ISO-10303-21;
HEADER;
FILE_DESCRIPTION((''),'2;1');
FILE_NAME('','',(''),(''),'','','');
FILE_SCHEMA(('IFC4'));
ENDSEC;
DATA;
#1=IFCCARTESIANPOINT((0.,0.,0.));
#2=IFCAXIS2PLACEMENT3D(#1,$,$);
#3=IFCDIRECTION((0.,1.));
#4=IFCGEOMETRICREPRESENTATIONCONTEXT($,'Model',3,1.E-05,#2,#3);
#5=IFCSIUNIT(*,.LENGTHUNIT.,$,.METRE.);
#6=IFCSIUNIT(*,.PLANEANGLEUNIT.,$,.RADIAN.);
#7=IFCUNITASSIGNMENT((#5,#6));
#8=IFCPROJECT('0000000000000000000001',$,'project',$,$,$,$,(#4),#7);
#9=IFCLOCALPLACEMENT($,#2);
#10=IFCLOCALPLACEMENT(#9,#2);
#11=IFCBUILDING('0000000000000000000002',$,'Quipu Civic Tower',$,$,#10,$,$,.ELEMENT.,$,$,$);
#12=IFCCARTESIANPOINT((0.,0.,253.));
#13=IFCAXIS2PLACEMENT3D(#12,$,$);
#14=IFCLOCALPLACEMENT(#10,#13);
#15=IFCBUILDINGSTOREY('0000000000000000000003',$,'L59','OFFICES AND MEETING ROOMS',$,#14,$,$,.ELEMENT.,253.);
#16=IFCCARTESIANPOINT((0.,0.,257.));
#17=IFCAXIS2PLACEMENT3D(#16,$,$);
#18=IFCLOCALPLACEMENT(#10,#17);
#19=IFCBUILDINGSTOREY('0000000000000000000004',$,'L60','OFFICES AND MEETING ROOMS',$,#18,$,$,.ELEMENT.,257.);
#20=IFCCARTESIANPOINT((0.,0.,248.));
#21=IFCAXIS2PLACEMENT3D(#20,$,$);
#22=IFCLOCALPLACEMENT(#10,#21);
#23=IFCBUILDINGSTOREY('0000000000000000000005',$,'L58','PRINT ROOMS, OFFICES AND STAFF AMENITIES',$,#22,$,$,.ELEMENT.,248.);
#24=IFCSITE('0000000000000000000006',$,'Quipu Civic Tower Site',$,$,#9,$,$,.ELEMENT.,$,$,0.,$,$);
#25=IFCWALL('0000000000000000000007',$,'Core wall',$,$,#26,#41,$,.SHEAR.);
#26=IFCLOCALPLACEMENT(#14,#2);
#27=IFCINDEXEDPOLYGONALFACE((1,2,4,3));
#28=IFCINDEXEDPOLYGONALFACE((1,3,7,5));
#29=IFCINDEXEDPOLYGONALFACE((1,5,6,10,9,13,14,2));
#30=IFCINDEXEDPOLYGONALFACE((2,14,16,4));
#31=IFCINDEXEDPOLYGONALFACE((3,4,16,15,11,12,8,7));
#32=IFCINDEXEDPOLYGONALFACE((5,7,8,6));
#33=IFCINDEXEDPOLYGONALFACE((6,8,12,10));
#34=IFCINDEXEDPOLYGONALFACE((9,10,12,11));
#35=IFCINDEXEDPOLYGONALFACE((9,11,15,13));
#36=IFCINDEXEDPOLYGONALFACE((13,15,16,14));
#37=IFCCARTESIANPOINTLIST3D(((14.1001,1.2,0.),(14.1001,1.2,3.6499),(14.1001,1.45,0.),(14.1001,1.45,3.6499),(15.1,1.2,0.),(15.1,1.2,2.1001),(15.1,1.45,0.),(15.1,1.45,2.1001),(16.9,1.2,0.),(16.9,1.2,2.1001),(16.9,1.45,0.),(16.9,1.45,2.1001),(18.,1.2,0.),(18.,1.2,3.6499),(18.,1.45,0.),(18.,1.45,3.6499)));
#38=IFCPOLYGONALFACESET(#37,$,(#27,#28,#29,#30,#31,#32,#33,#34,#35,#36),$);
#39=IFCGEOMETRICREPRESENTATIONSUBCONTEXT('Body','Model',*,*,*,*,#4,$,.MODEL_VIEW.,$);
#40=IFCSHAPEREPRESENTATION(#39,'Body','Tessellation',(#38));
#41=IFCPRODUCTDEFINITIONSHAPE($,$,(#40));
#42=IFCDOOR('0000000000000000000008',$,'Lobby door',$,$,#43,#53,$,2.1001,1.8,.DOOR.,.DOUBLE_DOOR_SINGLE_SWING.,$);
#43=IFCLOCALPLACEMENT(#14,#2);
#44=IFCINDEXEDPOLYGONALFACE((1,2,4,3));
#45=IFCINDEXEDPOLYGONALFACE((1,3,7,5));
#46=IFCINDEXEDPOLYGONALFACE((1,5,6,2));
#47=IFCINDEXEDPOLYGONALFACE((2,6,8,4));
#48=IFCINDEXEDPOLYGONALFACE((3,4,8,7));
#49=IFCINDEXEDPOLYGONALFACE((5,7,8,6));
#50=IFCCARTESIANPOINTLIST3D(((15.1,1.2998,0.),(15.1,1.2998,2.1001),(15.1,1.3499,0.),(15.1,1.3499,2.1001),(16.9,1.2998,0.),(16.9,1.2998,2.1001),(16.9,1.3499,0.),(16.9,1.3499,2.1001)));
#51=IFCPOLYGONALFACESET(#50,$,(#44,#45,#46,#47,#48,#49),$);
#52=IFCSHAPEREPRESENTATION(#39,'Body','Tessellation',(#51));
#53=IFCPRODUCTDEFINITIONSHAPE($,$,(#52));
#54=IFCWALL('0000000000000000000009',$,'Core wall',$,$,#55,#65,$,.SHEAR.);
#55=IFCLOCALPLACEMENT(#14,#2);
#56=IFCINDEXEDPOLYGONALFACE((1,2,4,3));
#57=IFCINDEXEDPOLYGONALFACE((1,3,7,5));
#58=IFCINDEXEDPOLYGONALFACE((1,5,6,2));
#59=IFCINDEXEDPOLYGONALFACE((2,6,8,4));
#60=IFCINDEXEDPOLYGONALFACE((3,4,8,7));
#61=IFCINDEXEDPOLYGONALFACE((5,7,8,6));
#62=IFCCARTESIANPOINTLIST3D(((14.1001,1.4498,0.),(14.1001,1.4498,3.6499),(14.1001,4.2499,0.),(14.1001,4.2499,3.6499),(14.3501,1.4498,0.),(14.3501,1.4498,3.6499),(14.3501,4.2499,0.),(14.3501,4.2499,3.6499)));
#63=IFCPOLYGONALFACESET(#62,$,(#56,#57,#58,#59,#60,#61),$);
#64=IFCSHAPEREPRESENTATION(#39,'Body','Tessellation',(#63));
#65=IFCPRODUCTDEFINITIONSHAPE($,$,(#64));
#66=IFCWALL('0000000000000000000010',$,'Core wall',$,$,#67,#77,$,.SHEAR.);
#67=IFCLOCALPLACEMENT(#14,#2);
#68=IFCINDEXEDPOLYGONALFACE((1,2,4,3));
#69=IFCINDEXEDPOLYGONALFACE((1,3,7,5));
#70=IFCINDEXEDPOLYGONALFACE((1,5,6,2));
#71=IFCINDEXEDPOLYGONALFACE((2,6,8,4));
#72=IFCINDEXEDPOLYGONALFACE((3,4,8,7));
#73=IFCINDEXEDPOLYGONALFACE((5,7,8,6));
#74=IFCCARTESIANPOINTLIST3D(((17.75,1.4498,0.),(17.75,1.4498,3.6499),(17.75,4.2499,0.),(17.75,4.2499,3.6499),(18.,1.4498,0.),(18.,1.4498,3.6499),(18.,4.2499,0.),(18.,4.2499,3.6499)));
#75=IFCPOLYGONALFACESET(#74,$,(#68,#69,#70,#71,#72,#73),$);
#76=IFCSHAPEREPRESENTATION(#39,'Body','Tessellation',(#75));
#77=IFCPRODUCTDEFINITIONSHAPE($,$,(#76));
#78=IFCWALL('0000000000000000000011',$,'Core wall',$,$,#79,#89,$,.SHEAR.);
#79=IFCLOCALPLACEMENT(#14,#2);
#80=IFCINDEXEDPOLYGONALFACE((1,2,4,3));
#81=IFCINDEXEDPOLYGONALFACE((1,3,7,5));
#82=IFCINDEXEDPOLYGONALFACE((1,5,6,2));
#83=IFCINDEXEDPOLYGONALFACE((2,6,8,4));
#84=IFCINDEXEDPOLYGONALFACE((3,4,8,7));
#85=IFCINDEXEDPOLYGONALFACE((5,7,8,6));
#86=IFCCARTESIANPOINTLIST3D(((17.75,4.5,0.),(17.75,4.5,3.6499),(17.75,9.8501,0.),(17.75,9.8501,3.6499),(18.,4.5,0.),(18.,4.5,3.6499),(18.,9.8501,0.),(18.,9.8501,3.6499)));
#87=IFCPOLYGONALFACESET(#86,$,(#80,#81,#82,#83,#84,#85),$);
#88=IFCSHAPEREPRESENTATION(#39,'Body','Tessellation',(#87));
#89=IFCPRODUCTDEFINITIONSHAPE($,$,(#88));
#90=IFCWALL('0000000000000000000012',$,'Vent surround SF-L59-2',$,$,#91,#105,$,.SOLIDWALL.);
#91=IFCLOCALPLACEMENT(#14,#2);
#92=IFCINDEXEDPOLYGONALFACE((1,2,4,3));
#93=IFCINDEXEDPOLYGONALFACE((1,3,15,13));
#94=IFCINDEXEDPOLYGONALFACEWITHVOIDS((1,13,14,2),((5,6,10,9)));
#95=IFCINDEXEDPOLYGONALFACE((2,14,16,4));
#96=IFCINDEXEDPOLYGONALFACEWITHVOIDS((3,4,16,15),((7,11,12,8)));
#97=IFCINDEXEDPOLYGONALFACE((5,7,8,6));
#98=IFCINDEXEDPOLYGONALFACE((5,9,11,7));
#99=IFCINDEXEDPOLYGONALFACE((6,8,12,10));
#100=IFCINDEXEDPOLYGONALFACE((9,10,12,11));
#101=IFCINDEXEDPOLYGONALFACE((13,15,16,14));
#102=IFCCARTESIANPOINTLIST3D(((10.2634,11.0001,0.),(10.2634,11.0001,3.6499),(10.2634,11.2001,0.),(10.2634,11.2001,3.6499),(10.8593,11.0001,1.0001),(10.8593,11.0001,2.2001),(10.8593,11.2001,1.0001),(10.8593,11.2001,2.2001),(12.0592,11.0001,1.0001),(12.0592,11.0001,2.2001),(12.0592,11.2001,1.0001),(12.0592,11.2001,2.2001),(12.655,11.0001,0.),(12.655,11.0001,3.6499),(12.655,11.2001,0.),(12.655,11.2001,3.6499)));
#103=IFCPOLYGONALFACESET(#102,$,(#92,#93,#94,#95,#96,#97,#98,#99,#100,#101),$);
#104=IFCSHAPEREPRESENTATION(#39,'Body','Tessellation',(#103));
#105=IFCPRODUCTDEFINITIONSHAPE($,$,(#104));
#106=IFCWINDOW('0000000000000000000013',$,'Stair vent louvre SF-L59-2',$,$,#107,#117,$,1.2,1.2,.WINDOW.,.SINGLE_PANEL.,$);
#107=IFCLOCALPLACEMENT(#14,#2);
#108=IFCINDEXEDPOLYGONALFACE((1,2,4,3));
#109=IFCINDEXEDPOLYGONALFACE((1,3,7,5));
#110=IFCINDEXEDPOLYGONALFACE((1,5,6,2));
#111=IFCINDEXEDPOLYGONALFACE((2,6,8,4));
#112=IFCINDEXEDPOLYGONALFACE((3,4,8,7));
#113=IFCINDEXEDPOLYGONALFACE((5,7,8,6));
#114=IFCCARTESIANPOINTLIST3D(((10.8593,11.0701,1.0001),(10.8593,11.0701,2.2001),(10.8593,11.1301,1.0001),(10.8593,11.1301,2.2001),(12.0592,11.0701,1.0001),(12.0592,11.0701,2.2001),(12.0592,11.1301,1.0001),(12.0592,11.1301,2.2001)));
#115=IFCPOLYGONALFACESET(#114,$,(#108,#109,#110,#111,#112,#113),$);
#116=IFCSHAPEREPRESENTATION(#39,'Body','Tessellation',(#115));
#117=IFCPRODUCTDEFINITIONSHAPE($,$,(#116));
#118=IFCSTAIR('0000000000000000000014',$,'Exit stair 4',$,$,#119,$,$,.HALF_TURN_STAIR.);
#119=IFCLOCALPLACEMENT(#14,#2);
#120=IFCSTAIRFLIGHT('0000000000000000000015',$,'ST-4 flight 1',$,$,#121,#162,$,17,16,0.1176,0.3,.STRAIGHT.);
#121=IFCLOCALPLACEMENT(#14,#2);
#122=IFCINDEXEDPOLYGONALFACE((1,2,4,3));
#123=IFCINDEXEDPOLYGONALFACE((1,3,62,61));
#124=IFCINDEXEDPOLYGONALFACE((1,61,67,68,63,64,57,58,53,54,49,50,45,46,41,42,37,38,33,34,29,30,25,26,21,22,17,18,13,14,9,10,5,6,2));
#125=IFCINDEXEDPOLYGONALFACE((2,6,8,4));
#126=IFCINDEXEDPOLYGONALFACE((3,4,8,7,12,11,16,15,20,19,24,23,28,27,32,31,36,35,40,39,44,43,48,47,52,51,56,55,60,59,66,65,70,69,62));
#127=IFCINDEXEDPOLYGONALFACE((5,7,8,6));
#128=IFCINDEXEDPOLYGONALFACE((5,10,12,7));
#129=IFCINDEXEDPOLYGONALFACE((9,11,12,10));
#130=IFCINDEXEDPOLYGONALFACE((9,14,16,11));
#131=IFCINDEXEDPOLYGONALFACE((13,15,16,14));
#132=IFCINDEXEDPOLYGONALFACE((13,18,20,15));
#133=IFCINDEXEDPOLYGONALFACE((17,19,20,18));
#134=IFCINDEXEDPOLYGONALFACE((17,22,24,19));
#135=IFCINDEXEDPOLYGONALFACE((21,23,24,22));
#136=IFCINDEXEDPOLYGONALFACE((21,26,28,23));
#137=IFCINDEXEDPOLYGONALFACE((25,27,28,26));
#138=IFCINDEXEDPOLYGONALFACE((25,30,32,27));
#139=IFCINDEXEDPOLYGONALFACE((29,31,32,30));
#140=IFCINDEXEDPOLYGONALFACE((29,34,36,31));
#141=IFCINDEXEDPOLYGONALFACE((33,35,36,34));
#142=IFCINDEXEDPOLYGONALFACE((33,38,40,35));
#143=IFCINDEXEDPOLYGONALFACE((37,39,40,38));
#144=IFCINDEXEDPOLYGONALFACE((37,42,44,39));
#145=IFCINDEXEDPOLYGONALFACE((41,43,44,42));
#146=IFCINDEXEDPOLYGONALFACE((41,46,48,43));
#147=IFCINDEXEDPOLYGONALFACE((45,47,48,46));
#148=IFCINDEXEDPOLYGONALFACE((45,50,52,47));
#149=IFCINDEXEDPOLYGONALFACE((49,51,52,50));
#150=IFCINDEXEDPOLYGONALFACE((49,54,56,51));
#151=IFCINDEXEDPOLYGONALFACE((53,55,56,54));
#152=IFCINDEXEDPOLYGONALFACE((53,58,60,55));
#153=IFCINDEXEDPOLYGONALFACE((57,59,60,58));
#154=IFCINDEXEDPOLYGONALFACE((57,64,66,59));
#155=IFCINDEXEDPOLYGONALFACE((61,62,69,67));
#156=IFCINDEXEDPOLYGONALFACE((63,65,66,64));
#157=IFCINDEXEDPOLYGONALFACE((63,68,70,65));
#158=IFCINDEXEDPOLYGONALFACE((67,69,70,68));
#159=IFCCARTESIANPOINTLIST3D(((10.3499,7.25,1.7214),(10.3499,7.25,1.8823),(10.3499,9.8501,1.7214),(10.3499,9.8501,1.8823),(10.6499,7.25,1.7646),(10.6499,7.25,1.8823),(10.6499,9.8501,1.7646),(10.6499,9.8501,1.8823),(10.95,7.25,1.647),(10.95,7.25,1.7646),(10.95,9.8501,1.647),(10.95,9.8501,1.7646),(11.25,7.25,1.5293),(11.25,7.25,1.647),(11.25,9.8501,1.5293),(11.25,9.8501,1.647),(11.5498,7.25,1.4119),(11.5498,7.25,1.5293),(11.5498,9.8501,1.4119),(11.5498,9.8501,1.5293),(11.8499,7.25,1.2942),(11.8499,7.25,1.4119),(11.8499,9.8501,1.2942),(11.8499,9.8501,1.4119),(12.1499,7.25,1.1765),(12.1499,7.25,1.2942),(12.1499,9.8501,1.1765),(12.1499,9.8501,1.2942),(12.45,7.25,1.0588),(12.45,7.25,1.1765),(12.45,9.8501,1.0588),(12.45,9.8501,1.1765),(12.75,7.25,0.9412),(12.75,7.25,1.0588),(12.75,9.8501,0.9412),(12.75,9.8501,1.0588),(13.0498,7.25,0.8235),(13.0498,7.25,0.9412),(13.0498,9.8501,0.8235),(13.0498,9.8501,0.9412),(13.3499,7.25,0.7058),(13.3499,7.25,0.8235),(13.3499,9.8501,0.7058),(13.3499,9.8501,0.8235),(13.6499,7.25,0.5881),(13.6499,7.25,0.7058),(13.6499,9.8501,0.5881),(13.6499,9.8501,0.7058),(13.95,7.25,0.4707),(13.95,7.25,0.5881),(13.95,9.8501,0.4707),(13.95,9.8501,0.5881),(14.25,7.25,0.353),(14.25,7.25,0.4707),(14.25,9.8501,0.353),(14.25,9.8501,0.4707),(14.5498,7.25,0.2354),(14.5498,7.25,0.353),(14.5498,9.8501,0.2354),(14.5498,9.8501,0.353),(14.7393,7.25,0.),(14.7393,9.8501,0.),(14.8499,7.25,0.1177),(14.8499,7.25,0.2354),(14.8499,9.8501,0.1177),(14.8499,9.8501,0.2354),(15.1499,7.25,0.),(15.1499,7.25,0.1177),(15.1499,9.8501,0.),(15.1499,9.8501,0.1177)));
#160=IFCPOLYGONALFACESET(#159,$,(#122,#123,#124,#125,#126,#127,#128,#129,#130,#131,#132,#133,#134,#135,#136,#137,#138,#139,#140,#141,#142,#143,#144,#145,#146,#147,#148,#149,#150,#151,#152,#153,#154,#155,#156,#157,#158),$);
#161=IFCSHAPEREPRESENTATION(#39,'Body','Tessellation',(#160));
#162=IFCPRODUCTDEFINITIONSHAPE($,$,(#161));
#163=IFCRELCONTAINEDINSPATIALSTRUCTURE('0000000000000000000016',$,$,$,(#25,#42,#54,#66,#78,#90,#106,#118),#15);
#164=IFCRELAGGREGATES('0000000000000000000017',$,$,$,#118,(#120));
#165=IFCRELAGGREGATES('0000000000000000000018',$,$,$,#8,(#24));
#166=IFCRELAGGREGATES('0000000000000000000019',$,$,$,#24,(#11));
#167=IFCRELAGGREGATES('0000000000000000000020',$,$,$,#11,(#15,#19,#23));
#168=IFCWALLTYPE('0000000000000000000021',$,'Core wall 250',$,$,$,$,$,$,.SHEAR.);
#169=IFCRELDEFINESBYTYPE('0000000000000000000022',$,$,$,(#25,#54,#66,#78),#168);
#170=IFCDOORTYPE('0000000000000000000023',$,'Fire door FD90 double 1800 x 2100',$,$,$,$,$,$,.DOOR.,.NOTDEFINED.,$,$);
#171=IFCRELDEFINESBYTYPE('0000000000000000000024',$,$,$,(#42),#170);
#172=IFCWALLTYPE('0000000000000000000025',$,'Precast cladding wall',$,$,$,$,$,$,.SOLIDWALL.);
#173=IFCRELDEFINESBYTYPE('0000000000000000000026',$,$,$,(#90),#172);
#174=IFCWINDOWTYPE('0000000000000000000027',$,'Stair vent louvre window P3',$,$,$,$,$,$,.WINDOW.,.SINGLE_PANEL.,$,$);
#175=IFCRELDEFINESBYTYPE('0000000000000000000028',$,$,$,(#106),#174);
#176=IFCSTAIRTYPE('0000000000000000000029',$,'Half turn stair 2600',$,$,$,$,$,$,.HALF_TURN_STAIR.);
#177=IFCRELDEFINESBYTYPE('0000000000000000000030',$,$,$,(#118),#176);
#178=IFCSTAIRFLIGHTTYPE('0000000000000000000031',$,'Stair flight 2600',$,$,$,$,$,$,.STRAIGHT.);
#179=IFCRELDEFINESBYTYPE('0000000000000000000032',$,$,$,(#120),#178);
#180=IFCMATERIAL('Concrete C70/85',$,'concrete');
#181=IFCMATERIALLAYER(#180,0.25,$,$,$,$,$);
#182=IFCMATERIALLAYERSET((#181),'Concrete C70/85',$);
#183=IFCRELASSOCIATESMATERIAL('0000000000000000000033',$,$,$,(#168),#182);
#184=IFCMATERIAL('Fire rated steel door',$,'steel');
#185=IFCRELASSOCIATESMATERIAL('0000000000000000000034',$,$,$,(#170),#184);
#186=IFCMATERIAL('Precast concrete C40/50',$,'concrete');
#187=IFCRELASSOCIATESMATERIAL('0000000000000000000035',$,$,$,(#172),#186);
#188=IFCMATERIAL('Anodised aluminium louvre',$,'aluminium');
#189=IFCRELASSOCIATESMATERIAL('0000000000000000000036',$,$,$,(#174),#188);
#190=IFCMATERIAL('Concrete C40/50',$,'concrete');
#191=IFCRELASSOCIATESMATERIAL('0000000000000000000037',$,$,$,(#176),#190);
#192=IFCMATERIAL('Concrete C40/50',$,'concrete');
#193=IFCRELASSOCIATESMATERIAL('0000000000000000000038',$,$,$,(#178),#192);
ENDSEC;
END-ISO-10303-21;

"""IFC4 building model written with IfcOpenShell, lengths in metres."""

from ifc_helpers import new_model, si_unit, direction, frame, frame_2d, origin, place, context, subcontext, project, spatial, polyline, rectangle, outline, extrude, material, layer, layer_set, type_object, element, fill, aggregate, save


model = new_model("IFC4")

# Units and contexts
model_context = context("Model", 3, precision=1e-05, world=origin(), true_north=direction((0.0, 1.0)))
body_context = subcontext(model_context, "Body", "Model", "MODEL_VIEW")
ifc_project = project(units=[si_unit("LENGTHUNIT", "METRE"), si_unit("PLANEANGLEUNIT", "RADIAN")], contexts=[model_context])

# Site, building, storey
site_placement = place(None, origin())
site = spatial("IfcSite", under=ifc_project, at=site_placement, Name="Quipu Civic Tower Site", CompositionType="ELEMENT", RefElevation=0.0)
building_placement = place(site_placement, origin())
building = spatial("IfcBuilding", under=site, at=building_placement, Name="Quipu Civic Tower", CompositionType="ELEMENT")
storey_1_placement = place(building_placement, frame((0.0, 0.0, 253.0)))
storey_1 = spatial("IfcBuildingStorey", under=building, at=storey_1_placement, Name="L59", Description="OFFICES AND MEETING ROOMS", CompositionType="ELEMENT", Elevation=253.0)

# Shared definitions
storey_2_placement = place(building_placement, frame((0.0, 0.0, 257.0)))
storey_2 = spatial("IfcBuildingStorey", under=building, at=storey_2_placement, Name="L60", Description="OFFICES AND MEETING ROOMS", CompositionType="ELEMENT", Elevation=257.0)

# Shared definitions
storey_3_placement = place(building_placement, frame((0.0, 0.0, 248.0)))
storey_3 = spatial("IfcBuildingStorey", under=building, at=storey_3_placement, Name="L58", Description="PRINT ROOMS, OFFICES AND STAFF AMENITIES", CompositionType="ELEMENT", Elevation=248.0)

# Wall, opening, door
ifc_material_1 = material(Name="Concrete C70/85", Category="concrete")
ifc_layer_1 = layer(ifc_material_1, 0.25)
ifc_layer_set_1 = layer_set([ifc_layer_1], Name="Concrete C70/85")
wall_type_1 = type_object("IfcWallType", Name="Core wall 250", PredefinedType="SHEAR", material=ifc_layer_set_1)
wall_1_placement = place(storey_1_placement, frame((14.1001, 1.325, 0.0), z_axis=(0.0, 0.0, 1.0), x_axis=(1.0, 0.0, 0.0)))
wall_1 = element("IfcWall", 1, at=wall_1_placement, inside=storey_1, type_object=wall_type_1, Name="Core wall", PredefinedType="SHEAR", context=body_context, shape_type="SweptSolid", body=[
    extrude(rectangle(XDim=3.8999, YDim=0.25, at=frame_2d((1.95, 0.0))), origin(), (0.0, 0.0, 1.0), 3.6499),
])
opening_1_placement = place(wall_1_placement, frame((1.0, 0.0, 0.0)))
opening_1 = element("IfcOpeningElement", 2, at=opening_1_placement, cuts=wall_1, PredefinedType="OPENING", context=body_context, shape_type="SweptSolid", body=[
    extrude(rectangle(XDim=1.8, YDim=2.1001, at=frame_2d((0.8999, 1.05))), frame((0.0, 0.135, 0.0), z_axis=(0.0, -1.0, 0.0), x_axis=(1.0, 0.0, 0.0)), (0.0, 0.0, 1.0), 0.27),
])
ifc_material_2 = material(Name="Fire rated steel door", Category="steel")
door_type = type_object("IfcDoorType", Name="Fire door FD90 double 1800 x 2100", OperationType="NOTDEFINED", PredefinedType="DOOR", material=ifc_material_2)
door_placement = place(opening_1_placement, origin())
door = element("IfcDoor", 3, at=door_placement, inside=storey_1, type_object=door_type, Name="Lobby door", OperationType="DOUBLE_DOOR_SINGLE_SWING", OverallHeight=2.1001, OverallWidth=1.8, PredefinedType="DOOR", context=body_context, shape_type="SweptSolid", body=[
    extrude(rectangle(XDim=1.8, YDim=2.1001, at=frame_2d((0.8999, 1.05))), frame((0.0, 0.0249, 0.0), z_axis=(0.0, -1.0, 0.0), x_axis=(1.0, 0.0, 0.0)), (0.0, 0.0, 1.0), 0.05),
])
fill(opening_1, door)

# Walls
for number, where, z_axis, x_axis, name in (
    (4, (14.2251, 1.45, 0.0), (0.0, 0.0, 1.0), (0.0, 1.0, 0.0), "Core wall"),
    (5, (17.875, 1.45, 0.0), (0.0, 0.0, 1.0), (0.0, 1.0, 0.0), "Core wall"),
):
    element("IfcWall", number, at=place(storey_1_placement, frame(where, z_axis=z_axis, x_axis=x_axis)), inside=storey_1, type_object=wall_type_1, Name=name, PredefinedType="SHEAR", context=body_context, shape_type="SweptSolid", body=[
        extrude(rectangle(XDim=2.8, YDim=0.25, at=frame_2d((1.3999, 0.0))), origin(), (0.0, 0.0, 1.0), 3.6499),
    ])
wall_2_placement = place(storey_1_placement, frame((17.875, 4.5, 0.0), z_axis=(0.0, 0.0, 1.0), x_axis=(0.0, 1.0, 0.0)))
element("IfcWall", 6, at=wall_2_placement, inside=storey_1, type_object=wall_type_1, Name="Core wall", PredefinedType="SHEAR", context=body_context, shape_type="SweptSolid", body=[
    extrude(rectangle(XDim=5.3501, YDim=0.25, at=frame_2d((2.675, 0.0))), origin(), (0.0, 0.0, 1.0), 3.6499),
])

# Wall, opening, window
ifc_material_3 = material(Name="Precast concrete C40/50", Category="concrete")
wall_type_2 = type_object("IfcWallType", Name="Precast cladding wall", PredefinedType="SOLIDWALL", material=ifc_material_3)
wall_3_placement = place(storey_1_placement, frame((12.655, 11.1001, 0.0), z_axis=(0.0, 0.0, 1.0), x_axis=(-1.0, 0.0, 0.0)))
wall_3 = element("IfcWall", 7, at=wall_3_placement, inside=storey_1, type_object=wall_type_2, Name="Vent surround SF-L59-2", PredefinedType="SOLIDWALL", context=body_context, shape_type="SweptSolid", body=[
    extrude(rectangle(XDim=2.3916, YDim=0.2, at=frame_2d((1.1958, 0.0))), origin(), (0.0, 0.0, 1.0), 3.6499),
])
opening_2_placement = place(wall_3_placement, frame((0.5957, 0.0, 1.0)))
opening_2 = element("IfcOpeningElement", 8, at=opening_2_placement, cuts=wall_3, PredefinedType="OPENING", context=body_context, shape_type="SweptSolid", body=[
    extrude(rectangle(XDim=1.2, YDim=1.2, at=frame_2d((0.6001, 0.6001))), frame((0.0, 0.1099, 0.0), z_axis=(0.0, -1.0, 0.0), x_axis=(1.0, 0.0, 0.0)), (0.0, 0.0, 1.0), 0.22),
])
ifc_material_4 = material(Name="Anodised aluminium louvre", Category="aluminium")
window_type = type_object("IfcWindowType", Name="Stair vent louvre window P3", PartitioningType="SINGLE_PANEL", PredefinedType="WINDOW", material=ifc_material_4)
window_placement = place(opening_2_placement, origin())
window = element("IfcWindow", 9, at=window_placement, inside=storey_1, type_object=window_type, Name="Stair vent louvre SF-L59-2", OverallHeight=1.2, OverallWidth=1.2, PartitioningType="SINGLE_PANEL", PredefinedType="WINDOW", context=body_context, shape_type="SweptSolid", body=[
    extrude(rectangle(XDim=1.2, YDim=1.2, at=frame_2d((0.6001, 0.6001))), frame((0.0, 0.03, 0.0), z_axis=(0.0, -1.0, 0.0), x_axis=(1.0, 0.0, 0.0)), (0.0, 0.0, 1.0), 0.0601),
])
fill(opening_2, window)

# Stair, stair flight
ifc_material_5 = material(Name="Concrete C40/50", Category="concrete")
stair_type = type_object("IfcStairType", Name="Half turn stair 2600", PredefinedType="HALF_TURN_STAIR", material=ifc_material_5)
stair_placement = place(storey_1_placement, origin())
stair = element("IfcStair", 10, at=stair_placement, inside=storey_1, type_object=stair_type, Name="Exit stair 4", PredefinedType="HALF_TURN_STAIR")
ifc_material_6 = material(Name="Concrete C40/50", Category="concrete")
stair_flight_type = type_object("IfcStairFlightType", Name="Stair flight 2600", PredefinedType="STRAIGHT", material=ifc_material_6)
stair_flight_1_placement = place(storey_1_placement, frame((15.1499, 8.55, 0.0), z_axis=(0.0, 0.0, 1.0), x_axis=(-1.0, 0.0, 0.0)))
stair_flight_1 = element("IfcStairFlight", 11, at=stair_flight_1_placement, type_object=stair_flight_type, Name="ST-4 flight 1", NumberOfRisers=17, NumberOfTreads=16, PredefinedType="STRAIGHT", RiserHeight=0.1176, TreadLength=0.3, context=body_context, shape_type="SweptSolid", body=[
    extrude(outline(polyline([(0.0, 0.0), (0.0, 0.1177), (0.3, 0.1177), (0.3, 0.2354), (0.6001, 0.2354), (0.6001, 0.353), (0.8999, 0.353), (0.8999, 0.4707), (1.2, 0.4707), (1.2, 0.5881), (1.5, 0.5881), (1.5, 0.7058), (1.8, 0.7058), (1.8, 0.8235), (2.1001, 0.8235), (2.1001, 0.9412), (2.3999, 0.9412), (2.3999, 1.0588), (2.7, 1.0588), (2.7, 1.1765), (3.0, 1.1765), (3.0, 1.2942), (3.3, 1.2942), (3.3, 1.4119), (3.6001, 1.4119), (3.6001, 1.5293), (3.8999, 1.5293), (3.8999, 1.647), (4.2, 1.647), (4.2, 1.7646), (4.5, 1.7646), (4.5, 1.8823), (4.8, 1.8823), (4.8, 2.0), (4.8, 1.7214), (0.4106, 0.0), (0.0, 0.0)])), frame((0.0, 1.3, 0.0), z_axis=(0.0, -1.0, 0.0), x_axis=(1.0, 0.0, 0.0)), (0.0, 0.0, 1.0), 2.6001),
])
aggregate(stair, [stair_flight_1])

save(model, "model.ifc")
